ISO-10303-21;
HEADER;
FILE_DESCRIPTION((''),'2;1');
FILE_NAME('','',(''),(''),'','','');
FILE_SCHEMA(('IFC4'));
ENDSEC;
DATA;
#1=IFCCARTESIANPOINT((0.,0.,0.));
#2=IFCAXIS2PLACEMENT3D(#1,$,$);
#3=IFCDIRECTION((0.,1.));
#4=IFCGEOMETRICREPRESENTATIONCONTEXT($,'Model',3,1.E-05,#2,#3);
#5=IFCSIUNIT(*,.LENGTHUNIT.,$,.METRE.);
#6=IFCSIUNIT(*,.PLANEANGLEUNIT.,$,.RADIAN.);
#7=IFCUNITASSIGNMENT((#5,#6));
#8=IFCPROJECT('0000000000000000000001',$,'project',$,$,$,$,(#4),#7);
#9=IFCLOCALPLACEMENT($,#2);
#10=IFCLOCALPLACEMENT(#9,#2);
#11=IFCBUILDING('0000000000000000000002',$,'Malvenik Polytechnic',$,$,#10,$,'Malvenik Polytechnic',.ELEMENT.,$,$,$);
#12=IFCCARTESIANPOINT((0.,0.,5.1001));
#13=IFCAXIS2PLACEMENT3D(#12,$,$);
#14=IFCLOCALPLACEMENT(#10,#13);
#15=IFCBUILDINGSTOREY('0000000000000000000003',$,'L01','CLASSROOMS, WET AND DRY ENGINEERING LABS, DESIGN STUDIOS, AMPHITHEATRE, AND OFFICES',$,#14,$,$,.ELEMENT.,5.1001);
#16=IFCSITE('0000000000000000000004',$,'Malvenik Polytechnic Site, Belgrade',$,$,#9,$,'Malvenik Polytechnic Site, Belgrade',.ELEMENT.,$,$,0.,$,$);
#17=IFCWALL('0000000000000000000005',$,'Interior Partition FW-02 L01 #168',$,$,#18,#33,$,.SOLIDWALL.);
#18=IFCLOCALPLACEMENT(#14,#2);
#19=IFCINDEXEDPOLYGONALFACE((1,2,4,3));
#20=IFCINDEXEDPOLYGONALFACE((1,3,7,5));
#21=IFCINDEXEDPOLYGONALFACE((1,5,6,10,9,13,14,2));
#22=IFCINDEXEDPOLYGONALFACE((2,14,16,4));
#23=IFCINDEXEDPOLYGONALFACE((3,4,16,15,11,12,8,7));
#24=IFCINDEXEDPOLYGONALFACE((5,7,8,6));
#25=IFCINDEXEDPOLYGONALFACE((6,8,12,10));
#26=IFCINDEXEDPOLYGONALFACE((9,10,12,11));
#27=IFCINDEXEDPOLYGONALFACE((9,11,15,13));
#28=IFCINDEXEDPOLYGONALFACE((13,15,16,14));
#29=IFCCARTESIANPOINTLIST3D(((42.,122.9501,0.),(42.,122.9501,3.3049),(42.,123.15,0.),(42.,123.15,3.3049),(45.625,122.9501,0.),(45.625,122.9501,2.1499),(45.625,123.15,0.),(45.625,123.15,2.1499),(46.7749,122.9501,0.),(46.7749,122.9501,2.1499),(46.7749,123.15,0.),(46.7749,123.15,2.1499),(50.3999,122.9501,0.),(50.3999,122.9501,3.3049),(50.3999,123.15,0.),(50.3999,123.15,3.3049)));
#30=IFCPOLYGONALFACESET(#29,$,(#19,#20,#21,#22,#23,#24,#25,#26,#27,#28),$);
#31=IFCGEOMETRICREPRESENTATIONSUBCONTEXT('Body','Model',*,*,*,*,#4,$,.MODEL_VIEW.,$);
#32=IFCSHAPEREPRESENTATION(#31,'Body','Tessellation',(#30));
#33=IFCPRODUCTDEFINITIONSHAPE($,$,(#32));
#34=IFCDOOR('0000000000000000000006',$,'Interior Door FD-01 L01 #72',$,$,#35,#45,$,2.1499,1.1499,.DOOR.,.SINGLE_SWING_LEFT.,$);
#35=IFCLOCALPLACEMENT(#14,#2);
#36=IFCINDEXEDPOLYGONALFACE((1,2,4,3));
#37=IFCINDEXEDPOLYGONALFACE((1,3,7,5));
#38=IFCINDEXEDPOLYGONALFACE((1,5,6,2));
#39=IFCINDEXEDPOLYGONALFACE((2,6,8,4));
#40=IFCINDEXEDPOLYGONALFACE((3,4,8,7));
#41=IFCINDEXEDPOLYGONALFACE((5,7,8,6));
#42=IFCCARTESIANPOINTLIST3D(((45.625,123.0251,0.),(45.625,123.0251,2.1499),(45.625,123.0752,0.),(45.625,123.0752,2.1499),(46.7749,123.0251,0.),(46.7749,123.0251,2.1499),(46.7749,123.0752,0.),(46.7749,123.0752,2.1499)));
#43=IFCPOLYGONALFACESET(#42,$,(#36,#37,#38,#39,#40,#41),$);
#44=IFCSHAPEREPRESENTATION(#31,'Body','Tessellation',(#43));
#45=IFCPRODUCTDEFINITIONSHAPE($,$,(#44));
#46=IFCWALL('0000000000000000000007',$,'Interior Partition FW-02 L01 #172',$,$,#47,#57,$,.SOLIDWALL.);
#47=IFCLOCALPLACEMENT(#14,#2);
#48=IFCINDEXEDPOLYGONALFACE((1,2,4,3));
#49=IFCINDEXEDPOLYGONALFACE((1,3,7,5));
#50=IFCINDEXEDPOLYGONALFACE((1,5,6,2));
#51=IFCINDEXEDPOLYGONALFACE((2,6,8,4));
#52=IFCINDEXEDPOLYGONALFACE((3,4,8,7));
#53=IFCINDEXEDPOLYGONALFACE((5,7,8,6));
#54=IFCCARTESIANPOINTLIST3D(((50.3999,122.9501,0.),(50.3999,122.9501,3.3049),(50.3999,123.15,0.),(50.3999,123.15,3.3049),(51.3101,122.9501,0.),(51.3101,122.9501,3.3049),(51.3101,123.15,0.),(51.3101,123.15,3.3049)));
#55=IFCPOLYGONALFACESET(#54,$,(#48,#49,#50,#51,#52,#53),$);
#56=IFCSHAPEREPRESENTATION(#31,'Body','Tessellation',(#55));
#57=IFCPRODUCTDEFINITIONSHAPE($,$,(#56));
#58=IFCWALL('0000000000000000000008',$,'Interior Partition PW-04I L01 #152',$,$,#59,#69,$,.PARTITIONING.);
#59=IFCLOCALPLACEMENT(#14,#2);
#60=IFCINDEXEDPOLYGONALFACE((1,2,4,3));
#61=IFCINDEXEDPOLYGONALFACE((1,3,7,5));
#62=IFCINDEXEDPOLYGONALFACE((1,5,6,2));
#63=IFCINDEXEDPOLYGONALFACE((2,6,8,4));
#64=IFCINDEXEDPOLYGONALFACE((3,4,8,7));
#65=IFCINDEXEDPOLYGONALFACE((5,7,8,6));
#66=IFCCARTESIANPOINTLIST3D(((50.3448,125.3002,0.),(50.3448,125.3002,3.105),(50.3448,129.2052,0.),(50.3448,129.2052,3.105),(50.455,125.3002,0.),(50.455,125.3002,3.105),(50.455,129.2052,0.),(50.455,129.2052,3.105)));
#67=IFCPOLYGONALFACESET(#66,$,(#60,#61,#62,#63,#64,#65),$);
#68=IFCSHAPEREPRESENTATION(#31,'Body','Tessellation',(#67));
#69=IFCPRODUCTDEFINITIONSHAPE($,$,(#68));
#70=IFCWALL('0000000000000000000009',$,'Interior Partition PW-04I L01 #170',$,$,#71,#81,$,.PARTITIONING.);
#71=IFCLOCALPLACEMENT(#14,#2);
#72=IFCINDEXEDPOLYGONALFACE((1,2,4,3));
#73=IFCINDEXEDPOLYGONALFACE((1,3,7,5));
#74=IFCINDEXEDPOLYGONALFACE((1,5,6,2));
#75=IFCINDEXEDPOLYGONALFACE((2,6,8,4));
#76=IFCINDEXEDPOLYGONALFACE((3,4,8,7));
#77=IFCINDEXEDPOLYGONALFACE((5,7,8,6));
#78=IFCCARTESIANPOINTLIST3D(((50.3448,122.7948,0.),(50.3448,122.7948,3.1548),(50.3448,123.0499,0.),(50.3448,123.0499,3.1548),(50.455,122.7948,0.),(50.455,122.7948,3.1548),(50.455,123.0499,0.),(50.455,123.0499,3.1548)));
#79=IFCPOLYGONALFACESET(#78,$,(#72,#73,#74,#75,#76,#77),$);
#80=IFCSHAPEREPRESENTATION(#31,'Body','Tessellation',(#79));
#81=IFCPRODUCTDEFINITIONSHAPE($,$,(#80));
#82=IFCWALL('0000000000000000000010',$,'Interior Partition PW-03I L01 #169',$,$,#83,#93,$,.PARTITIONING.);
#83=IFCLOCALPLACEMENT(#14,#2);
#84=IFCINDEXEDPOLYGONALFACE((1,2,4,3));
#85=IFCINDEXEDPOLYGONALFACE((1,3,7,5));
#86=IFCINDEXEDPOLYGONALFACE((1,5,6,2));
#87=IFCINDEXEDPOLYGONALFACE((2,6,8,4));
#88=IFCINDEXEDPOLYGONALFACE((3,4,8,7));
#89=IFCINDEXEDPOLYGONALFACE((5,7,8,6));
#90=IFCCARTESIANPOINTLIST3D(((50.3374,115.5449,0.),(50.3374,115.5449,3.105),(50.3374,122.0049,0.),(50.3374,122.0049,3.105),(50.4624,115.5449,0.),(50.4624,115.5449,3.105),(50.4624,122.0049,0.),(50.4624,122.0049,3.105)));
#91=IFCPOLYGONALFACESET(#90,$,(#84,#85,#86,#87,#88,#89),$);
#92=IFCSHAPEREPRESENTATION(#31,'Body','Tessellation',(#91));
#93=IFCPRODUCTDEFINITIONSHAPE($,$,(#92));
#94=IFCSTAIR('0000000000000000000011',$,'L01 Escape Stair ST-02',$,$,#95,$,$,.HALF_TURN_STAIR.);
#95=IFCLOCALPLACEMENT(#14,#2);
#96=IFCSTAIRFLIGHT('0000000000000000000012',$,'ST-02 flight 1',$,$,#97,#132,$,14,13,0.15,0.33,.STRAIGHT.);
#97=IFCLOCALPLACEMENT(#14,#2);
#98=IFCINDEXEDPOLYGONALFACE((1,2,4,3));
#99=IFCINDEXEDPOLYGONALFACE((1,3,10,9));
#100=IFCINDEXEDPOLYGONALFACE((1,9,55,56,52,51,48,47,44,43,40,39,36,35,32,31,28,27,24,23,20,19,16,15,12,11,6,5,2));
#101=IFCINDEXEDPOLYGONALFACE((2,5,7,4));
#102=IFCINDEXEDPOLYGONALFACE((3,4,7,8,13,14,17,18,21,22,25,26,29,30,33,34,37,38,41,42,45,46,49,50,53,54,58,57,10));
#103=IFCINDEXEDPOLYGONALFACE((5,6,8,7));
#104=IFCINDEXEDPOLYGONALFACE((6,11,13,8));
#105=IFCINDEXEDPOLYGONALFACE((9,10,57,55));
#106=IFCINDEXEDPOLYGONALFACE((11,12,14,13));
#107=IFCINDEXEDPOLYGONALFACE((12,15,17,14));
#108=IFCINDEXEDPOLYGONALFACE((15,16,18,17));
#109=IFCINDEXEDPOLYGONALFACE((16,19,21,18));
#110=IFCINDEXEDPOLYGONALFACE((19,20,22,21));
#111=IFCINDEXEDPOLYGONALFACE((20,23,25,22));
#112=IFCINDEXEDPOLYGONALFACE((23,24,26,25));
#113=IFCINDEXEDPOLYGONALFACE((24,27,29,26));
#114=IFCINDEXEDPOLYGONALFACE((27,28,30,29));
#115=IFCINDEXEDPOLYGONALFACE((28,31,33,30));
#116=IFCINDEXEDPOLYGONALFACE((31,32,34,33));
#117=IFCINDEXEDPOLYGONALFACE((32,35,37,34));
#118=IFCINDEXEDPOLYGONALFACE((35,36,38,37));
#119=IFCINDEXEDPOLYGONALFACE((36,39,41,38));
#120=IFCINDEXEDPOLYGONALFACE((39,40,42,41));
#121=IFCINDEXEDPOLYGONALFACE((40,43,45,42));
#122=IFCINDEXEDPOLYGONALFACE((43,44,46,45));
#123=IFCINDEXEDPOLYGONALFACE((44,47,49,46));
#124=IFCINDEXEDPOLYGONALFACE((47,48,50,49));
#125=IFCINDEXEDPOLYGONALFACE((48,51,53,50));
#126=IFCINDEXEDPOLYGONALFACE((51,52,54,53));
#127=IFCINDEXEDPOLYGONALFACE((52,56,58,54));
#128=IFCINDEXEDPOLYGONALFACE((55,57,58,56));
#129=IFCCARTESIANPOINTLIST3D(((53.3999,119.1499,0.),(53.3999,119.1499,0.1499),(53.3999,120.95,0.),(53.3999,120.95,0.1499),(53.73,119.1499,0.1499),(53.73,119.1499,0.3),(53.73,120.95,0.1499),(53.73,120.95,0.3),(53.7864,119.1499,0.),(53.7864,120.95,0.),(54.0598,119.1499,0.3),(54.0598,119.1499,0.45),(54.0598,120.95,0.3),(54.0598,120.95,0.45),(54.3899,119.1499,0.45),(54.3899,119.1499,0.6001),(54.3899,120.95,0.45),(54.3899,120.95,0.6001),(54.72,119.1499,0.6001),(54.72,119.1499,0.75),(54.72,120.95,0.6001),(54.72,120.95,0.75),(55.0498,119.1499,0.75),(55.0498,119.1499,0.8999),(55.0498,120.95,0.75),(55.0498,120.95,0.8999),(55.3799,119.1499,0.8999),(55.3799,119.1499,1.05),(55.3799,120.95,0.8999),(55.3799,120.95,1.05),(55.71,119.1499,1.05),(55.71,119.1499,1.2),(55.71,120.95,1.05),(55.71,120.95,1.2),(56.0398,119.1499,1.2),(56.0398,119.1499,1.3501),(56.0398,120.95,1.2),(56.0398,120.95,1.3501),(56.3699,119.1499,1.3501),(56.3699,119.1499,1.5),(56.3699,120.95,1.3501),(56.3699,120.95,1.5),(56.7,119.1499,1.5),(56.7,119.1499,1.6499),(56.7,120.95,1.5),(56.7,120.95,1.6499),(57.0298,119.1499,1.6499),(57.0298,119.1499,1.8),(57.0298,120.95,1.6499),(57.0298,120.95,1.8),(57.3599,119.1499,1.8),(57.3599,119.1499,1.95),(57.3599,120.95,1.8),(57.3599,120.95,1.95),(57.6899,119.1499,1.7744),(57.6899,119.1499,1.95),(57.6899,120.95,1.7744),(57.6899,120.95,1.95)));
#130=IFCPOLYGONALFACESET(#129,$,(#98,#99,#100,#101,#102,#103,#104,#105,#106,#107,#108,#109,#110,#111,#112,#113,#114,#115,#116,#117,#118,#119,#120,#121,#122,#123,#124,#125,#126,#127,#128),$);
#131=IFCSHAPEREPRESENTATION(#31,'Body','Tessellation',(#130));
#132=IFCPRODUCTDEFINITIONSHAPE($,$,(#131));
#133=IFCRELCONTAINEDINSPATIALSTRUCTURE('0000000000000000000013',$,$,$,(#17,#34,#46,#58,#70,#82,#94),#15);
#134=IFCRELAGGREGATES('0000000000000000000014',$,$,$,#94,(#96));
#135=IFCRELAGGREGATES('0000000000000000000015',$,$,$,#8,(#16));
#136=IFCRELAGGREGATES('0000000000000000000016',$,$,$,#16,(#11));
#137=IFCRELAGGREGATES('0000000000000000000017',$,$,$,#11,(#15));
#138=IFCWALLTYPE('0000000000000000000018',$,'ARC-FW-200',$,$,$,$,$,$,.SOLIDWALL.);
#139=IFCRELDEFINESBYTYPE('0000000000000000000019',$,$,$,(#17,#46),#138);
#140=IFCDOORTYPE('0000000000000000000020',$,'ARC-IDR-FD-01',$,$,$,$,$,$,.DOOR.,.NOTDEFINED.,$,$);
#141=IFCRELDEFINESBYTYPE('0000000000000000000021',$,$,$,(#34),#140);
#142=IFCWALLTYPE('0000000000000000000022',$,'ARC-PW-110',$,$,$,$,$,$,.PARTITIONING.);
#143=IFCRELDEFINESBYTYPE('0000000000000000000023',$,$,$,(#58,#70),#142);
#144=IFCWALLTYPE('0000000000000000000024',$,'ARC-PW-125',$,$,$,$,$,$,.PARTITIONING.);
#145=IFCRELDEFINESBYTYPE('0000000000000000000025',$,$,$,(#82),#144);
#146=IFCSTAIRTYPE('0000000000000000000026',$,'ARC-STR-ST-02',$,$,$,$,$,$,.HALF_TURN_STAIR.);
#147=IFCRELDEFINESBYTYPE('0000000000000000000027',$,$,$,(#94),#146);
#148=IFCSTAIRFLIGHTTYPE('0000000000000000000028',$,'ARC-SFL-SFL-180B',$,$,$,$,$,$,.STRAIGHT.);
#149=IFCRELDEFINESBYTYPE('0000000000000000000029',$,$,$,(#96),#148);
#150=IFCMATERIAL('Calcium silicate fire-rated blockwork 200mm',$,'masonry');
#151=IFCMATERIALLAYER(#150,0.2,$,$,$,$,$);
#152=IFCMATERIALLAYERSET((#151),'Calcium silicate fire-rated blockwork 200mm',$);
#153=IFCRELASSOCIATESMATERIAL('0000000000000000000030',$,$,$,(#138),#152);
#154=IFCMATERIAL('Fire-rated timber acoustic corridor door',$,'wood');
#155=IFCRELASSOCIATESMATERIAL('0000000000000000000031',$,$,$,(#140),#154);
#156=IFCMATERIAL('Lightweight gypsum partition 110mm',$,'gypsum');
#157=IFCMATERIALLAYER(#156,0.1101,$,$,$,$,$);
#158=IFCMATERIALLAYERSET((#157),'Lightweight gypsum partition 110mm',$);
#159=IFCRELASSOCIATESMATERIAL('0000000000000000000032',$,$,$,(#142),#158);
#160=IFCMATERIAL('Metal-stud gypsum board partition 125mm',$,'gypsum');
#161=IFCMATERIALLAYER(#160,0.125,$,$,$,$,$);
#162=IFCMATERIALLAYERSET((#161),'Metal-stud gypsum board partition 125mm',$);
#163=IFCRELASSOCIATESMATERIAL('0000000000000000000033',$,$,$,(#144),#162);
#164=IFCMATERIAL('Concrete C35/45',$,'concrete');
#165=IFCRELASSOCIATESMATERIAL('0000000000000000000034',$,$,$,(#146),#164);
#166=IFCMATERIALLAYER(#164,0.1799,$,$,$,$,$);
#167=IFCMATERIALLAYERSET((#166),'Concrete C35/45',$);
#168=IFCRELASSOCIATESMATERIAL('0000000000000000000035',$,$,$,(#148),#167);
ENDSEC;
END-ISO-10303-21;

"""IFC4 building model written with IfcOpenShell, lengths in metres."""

from ifc_helpers import new_model, si_unit, direction, frame, frame_2d, origin, place, context, subcontext, project, spatial, polyline, rectangle, outline, extrude, material, layer, layer_set, type_object, element, fill, aggregate, save


model = new_model("IFC4")

# Units and contexts
model_context = context("Model", 3, precision=1e-05, world=origin(), true_north=direction((0.0, 1.0)))
body_context = subcontext(model_context, "Body", "Model", "MODEL_VIEW")
ifc_project = project(units=[si_unit("LENGTHUNIT", "METRE"), si_unit("PLANEANGLEUNIT", "RADIAN")], contexts=[model_context])

# Site, building, storey
site_placement = place(None, origin())
site = spatial("IfcSite", under=ifc_project, at=site_placement, Name="Malvenik Polytechnic Site, Belgrade", LongName="Malvenik Polytechnic Site, Belgrade", CompositionType="ELEMENT", RefElevation=0.0)
building_placement = place(site_placement, origin())
building = spatial("IfcBuilding", under=site, at=building_placement, Name="Malvenik Polytechnic", LongName="Malvenik Polytechnic", CompositionType="ELEMENT")
storey_placement = place(building_placement, frame((0.0, 0.0, 5.1001)))
storey = spatial("IfcBuildingStorey", under=building, at=storey_placement, Name="L01", Description="CLASSROOMS, WET AND DRY ENGINEERING LABS, DESIGN STUDIOS, AMPHITHEATRE, AND OFFICES", CompositionType="ELEMENT", Elevation=5.1001)

# Shared definitions
ifc_material_1 = material(Name="Concrete C35/45", Category="concrete")

# Wall, opening, door
ifc_material_2 = material(Name="Calcium silicate fire-rated blockwork 200mm", Category="masonry")
ifc_layer_1 = layer(ifc_material_2, 0.2)
ifc_layer_set_1 = layer_set([ifc_layer_1], Name="Calcium silicate fire-rated blockwork 200mm")
wall_type_1 = type_object("IfcWallType", Name="ARC-FW-200", PredefinedType="SOLIDWALL", material=ifc_layer_set_1)
wall_1_placement = place(storey_placement, frame((50.3999, 123.05, 0.0), z_axis=(0.0, 0.0, 1.0), x_axis=(-1.0, 0.0, 0.0)))
wall_1 = element("IfcWall", 1, at=wall_1_placement, inside=storey, type_object=wall_type_1, Name="Interior Partition FW-02 L01 #168", PredefinedType="SOLIDWALL", context=body_context, shape_type="SweptSolid", body=[
    extrude(rectangle(XDim=8.3999, YDim=0.2, at=frame_2d((4.2, 0.0))), origin(), (0.0, 0.0, 1.0), 3.3049),
])
opening_1_placement = place(wall_1_placement, frame((3.625, 0.0, 0.0)))
opening_1 = element("IfcOpeningElement", 2, at=opening_1_placement, cuts=wall_1, PredefinedType="OPENING", context=body_context, shape_type="SweptSolid", body=[
    extrude(rectangle(XDim=1.1499, YDim=2.1499, at=frame_2d((0.575, 1.075))), frame((0.0, 0.1099, 0.0), z_axis=(0.0, -1.0, 0.0), x_axis=(1.0, 0.0, 0.0)), (0.0, 0.0, 1.0), 0.22),
])
ifc_material_3 = material(Name="Fire-rated timber acoustic corridor door", Category="wood")
door_type_1 = type_object("IfcDoorType", Name="ARC-IDR-FD-01", OperationType="NOTDEFINED", PredefinedType="DOOR", material=ifc_material_3)
door_1_placement = place(opening_1_placement, origin())
door_1 = element("IfcDoor", 3, at=door_1_placement, inside=storey, type_object=door_type_1, Name="Interior Door FD-01 L01 #72", OperationType="SINGLE_SWING_LEFT", OverallHeight=2.1499, OverallWidth=1.1499, PredefinedType="DOOR", context=body_context, shape_type="SweptSolid", body=[
    extrude(rectangle(XDim=1.1499, YDim=2.1499, at=frame_2d((0.575, 1.075))), frame((0.0, 0.0249, 0.0), z_axis=(0.0, -1.0, 0.0), x_axis=(1.0, 0.0, 0.0)), (0.0, 0.0, 1.0), 0.05),
])
fill(opening_1, door_1)

# Walls
wall_2_placement = place(storey_placement, frame((51.3101, 123.05, 0.0), z_axis=(0.0, 0.0, 1.0), x_axis=(-1.0, 0.0, 0.0)))
element("IfcWall", 4, at=wall_2_placement, inside=storey, type_object=wall_type_1, Name="Interior Partition FW-02 L01 #172", PredefinedType="SOLIDWALL", context=body_context, shape_type="SweptSolid", body=[
    extrude(rectangle(XDim=0.9102, YDim=0.2, at=frame_2d((0.4551, 0.0))), origin(), (0.0, 0.0, 1.0), 3.3049),
])
ifc_material_4 = material(Name="Lightweight gypsum partition 110mm", Category="gypsum")
ifc_layer_2 = layer(ifc_material_4, 0.1101)
ifc_layer_set_2 = layer_set([ifc_layer_2], Name="Lightweight gypsum partition 110mm")
wall_type_2 = type_object("IfcWallType", Name="ARC-PW-110", PredefinedType="PARTITIONING", material=ifc_layer_set_2)
wall_3_placement = place(storey_placement, frame((50.3999, 125.3, 0.0), z_axis=(0.0, 0.0, 1.0), x_axis=(0.0, 1.0, 0.0)))
element("IfcWall", 5, at=wall_3_placement, inside=storey, type_object=wall_type_2, Name="Interior Partition PW-04I L01 #152", PredefinedType="PARTITIONING", context=body_context, shape_type="SweptSolid", body=[
    extrude(rectangle(XDim=3.905, YDim=0.1101, at=frame_2d((1.9526, 0.0))), origin(), (0.0, 0.0, 1.0), 3.105),
])
wall_4_placement = place(storey_placement, frame((50.3999, 122.7949, 0.0), z_axis=(0.0, 0.0, 1.0), x_axis=(0.0, 1.0, 0.0)))
element("IfcWall", 6, at=wall_4_placement, inside=storey, type_object=wall_type_2, Name="Interior Partition PW-04I L01 #170", PredefinedType="PARTITIONING", context=body_context, shape_type="SweptSolid", body=[
    extrude(rectangle(XDim=0.2551, YDim=0.1101, at=frame_2d((0.1274, 0.0))), origin(), (0.0, 0.0, 1.0), 3.1548),
])
ifc_material_5 = material(Name="Metal-stud gypsum board partition 125mm", Category="gypsum")
ifc_layer_3 = layer(ifc_material_5, 0.125)
ifc_layer_set_3 = layer_set([ifc_layer_3], Name="Metal-stud gypsum board partition 125mm")
wall_type_3 = type_object("IfcWallType", Name="ARC-PW-125", PredefinedType="PARTITIONING", material=ifc_layer_set_3)
wall_5_placement = place(storey_placement, frame((50.3999, 115.5449, 0.0), z_axis=(0.0, 0.0, 1.0), x_axis=(0.0, 1.0, 0.0)))
element("IfcWall", 7, at=wall_5_placement, inside=storey, type_object=wall_type_3, Name="Interior Partition PW-03I L01 #169", PredefinedType="PARTITIONING", context=body_context, shape_type="SweptSolid", body=[
    extrude(rectangle(XDim=6.46, YDim=0.125, at=frame_2d((3.23, 0.0))), origin(), (0.0, 0.0, 1.0), 3.105),
])

# Stair, stair flight
stair_type = type_object("IfcStairType", Name="ARC-STR-ST-02", PredefinedType="HALF_TURN_STAIR", material=ifc_material_1)
stair_placement = place(storey_placement, origin())
stair = element("IfcStair", 8, at=stair_placement, inside=storey, type_object=stair_type, Name="L01 Escape Stair ST-02", PredefinedType="HALF_TURN_STAIR")
ifc_layer_4 = layer(ifc_material_1, 0.1799)
ifc_layer_set_4 = layer_set([ifc_layer_4], Name="Concrete C35/45")
stair_flight_type = type_object("IfcStairFlightType", Name="ARC-SFL-SFL-180B", PredefinedType="STRAIGHT", material=ifc_layer_set_4)
stair_flight_placement = place(storey_placement, frame((53.3999, 120.05, 0.0), z_axis=(0.0, 0.0, 1.0), x_axis=(1.0, 0.0, 0.0)))
stair_flight = element("IfcStairFlight", 9, at=stair_flight_placement, type_object=stair_flight_type, Name="ST-02 flight 1", NumberOfRisers=14, NumberOfTreads=13, PredefinedType="STRAIGHT", RiserHeight=0.15, TreadLength=0.33, context=body_context, shape_type="SweptSolid", body=[
    extrude(outline(polyline([(0.0, 0.0), (0.0, 0.1499), (0.3301, 0.1499), (0.3301, 0.3), (0.6599, 0.3), (0.6599, 0.45), (0.99, 0.45), (0.99, 0.6001), (1.3201, 0.6001), (1.3201, 0.75), (1.6499, 0.75), (1.6499, 0.8999), (1.98, 0.8999), (1.98, 1.05), (2.3101, 1.05), (2.3101, 1.2), (2.6399, 1.2), (2.6399, 1.3501), (2.97, 1.3501), (2.97, 1.5), (3.3, 1.5), (3.3, 1.6499), (3.6299, 1.6499), (3.6299, 1.8), (3.96, 1.8), (3.96, 1.95), (4.29, 1.95), (4.29, 2.1001), (4.29, 1.7744), (0.3865, 0.0), (0.0, 0.0)])), frame((0.0, 0.8999, 0.0), z_axis=(0.0, -1.0, 0.0), x_axis=(1.0, 0.0, 0.0)), (0.0, 0.0, 1.0), 1.8),
])
aggregate(stair, [stair_flight])

save(model, "model.ifc")
